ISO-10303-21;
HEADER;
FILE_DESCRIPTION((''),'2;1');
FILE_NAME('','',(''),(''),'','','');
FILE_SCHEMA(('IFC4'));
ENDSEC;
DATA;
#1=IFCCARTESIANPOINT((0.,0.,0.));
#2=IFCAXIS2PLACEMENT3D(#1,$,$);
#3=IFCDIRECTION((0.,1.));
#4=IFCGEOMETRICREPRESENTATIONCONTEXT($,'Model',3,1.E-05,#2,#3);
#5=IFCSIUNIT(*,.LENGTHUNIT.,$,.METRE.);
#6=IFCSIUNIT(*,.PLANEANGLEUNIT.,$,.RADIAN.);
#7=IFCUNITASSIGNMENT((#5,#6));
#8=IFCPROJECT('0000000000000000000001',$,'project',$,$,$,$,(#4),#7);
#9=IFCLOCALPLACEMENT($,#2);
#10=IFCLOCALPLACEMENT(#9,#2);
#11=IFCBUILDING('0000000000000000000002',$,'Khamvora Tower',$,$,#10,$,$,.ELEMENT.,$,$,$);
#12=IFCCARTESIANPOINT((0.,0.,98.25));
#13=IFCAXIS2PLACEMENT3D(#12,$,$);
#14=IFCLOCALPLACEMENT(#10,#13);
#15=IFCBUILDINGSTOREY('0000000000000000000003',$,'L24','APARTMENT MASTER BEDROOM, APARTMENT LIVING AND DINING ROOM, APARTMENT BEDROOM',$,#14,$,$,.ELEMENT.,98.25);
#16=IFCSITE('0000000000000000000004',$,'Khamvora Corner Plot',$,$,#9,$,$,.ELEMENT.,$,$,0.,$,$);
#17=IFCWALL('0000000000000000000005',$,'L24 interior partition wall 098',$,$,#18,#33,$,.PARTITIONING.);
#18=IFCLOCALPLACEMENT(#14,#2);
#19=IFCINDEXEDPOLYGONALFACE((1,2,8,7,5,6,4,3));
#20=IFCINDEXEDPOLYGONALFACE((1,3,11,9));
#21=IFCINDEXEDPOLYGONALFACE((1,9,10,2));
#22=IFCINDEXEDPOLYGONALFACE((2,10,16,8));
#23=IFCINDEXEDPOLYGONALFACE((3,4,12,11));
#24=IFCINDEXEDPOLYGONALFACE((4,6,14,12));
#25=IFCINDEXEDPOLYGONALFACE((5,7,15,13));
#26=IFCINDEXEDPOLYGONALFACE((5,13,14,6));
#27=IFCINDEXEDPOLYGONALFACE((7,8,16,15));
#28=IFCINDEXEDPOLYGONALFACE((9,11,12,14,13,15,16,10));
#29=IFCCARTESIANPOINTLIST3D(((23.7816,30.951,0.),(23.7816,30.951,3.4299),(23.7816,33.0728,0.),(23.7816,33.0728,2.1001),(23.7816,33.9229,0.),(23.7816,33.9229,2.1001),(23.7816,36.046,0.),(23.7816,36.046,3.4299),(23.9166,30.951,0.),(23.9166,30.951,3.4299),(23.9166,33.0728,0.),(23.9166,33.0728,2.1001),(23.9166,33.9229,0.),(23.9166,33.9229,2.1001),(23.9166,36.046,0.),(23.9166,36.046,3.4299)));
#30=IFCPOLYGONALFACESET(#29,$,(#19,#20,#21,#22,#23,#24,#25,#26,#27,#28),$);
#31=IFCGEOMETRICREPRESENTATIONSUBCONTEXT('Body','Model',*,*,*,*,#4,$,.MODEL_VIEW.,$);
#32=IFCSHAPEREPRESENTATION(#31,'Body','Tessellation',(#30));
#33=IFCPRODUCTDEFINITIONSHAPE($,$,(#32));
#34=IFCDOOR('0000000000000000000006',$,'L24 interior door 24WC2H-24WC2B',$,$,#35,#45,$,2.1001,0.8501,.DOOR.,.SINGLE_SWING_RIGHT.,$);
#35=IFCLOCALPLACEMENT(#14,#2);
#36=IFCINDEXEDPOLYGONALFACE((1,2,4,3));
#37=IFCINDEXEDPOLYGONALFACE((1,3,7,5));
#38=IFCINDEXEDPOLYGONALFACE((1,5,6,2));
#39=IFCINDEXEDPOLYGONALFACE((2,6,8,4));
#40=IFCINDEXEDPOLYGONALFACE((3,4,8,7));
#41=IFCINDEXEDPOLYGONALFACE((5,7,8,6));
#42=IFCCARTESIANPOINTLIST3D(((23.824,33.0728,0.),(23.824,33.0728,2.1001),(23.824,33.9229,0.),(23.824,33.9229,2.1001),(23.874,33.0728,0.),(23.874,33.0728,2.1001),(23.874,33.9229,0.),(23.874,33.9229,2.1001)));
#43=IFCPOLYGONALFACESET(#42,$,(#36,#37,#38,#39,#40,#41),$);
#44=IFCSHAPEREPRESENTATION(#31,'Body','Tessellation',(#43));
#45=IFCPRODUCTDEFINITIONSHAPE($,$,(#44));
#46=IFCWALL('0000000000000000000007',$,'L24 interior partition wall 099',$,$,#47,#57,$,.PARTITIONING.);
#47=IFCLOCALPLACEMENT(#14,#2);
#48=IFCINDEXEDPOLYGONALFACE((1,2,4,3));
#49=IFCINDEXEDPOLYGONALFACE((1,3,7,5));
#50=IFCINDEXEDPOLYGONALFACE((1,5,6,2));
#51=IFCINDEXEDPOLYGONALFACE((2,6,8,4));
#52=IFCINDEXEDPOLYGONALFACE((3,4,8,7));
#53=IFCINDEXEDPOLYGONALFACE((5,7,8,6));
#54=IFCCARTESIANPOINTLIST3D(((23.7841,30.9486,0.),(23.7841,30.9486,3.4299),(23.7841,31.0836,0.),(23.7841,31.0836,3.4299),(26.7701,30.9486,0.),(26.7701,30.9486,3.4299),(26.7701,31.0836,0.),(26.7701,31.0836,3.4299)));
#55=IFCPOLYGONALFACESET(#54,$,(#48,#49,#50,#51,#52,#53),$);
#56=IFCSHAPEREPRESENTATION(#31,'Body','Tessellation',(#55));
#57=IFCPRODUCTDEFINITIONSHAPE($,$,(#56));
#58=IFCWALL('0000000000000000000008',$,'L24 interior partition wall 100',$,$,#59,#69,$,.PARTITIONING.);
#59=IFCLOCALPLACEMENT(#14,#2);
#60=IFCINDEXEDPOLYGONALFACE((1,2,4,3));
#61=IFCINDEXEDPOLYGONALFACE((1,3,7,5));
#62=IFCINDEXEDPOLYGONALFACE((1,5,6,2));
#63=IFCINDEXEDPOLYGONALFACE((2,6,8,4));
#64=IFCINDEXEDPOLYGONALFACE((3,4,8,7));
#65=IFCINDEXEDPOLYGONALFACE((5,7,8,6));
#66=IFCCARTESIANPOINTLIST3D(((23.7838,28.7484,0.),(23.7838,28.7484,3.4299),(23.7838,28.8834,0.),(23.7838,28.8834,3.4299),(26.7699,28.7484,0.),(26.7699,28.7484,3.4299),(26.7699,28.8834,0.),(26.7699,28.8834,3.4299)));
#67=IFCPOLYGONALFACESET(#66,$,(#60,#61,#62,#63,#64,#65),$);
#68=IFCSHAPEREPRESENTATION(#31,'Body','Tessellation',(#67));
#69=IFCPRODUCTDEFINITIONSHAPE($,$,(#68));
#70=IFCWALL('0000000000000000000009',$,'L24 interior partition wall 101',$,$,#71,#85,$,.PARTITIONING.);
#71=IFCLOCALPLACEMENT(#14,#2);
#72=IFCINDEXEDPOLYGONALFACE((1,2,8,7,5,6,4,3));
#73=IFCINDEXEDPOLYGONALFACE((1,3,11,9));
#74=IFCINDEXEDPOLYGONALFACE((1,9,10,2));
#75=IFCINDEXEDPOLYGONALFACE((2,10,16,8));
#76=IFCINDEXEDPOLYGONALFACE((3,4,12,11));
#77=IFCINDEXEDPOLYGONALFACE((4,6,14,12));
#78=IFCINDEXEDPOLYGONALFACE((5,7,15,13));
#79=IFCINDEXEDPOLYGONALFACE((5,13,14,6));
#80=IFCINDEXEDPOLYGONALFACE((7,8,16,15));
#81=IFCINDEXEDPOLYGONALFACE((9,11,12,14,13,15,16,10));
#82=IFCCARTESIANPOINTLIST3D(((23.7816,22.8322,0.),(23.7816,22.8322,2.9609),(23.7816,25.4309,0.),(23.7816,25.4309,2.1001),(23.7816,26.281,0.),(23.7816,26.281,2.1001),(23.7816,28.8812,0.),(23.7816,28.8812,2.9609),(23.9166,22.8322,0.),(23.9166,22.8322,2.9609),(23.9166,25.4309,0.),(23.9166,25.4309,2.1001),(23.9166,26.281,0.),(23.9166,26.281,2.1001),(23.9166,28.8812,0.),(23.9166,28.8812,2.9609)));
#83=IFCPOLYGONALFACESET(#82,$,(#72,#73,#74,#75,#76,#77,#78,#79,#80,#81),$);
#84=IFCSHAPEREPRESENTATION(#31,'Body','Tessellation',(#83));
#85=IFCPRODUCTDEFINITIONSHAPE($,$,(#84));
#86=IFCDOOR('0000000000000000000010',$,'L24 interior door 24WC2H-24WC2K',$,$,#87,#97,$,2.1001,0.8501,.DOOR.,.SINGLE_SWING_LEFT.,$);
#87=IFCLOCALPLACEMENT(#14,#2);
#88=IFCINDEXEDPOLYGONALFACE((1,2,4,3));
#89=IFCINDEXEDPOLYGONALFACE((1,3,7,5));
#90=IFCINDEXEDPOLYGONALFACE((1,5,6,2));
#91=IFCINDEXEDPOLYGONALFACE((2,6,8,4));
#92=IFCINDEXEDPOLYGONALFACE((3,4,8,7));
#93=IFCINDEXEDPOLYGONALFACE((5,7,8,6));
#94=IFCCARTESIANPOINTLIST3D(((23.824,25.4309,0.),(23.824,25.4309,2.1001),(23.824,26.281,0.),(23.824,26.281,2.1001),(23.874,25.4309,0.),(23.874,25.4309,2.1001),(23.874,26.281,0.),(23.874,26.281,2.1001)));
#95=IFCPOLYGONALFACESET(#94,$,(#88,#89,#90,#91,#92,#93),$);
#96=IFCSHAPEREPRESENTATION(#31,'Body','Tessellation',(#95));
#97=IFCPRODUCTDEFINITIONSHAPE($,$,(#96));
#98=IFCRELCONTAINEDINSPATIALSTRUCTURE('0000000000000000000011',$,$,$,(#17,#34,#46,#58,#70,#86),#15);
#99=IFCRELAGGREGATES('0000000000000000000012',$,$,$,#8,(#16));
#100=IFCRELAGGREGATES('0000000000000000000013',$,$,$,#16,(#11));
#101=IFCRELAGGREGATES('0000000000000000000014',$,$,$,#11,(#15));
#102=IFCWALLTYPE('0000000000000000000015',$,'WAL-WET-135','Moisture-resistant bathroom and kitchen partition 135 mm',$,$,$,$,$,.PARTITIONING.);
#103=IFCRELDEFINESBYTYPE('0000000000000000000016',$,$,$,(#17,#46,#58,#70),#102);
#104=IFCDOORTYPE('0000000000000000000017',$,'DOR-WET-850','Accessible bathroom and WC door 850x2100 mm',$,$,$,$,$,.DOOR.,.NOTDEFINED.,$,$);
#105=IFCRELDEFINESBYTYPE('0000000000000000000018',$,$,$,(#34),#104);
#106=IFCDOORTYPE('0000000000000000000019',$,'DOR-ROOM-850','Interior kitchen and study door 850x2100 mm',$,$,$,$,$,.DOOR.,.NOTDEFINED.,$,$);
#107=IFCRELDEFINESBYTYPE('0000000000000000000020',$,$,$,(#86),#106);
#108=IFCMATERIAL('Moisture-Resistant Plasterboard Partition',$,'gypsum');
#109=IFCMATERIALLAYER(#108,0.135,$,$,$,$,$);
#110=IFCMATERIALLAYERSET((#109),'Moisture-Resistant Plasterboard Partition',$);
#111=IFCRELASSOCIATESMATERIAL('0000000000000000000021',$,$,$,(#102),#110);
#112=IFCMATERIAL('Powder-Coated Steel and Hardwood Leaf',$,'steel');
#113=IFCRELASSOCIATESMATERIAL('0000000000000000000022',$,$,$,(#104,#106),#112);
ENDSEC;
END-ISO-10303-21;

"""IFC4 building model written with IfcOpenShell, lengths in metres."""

from ifc_helpers import new_model, si_unit, direction, frame, frame_2d, origin, place, context, subcontext, project, spatial, rectangle, extrude, material, layer, layer_set, type_object, element, fill, save


model = new_model("IFC4")

# Units and contexts
model_context = context("Model", 3, precision=1e-05, world=origin(), true_north=direction((0.0, 1.0)))
body_context = subcontext(model_context, "Body", "Model", "MODEL_VIEW")
ifc_project = project(units=[si_unit("LENGTHUNIT", "METRE"), si_unit("PLANEANGLEUNIT", "RADIAN")], contexts=[model_context])

# Site, building, storey
site_placement = place(None, origin())
site = spatial("IfcSite", under=ifc_project, at=site_placement, Name="Khamvora Corner Plot", CompositionType="ELEMENT", RefElevation=0.0)
building_placement = place(site_placement, origin())
building = spatial("IfcBuilding", under=site, at=building_placement, Name="Khamvora Tower", CompositionType="ELEMENT")
storey_placement = place(building_placement, frame((0.0, 0.0, 98.25)))
storey = spatial("IfcBuildingStorey", under=building, at=storey_placement, Name="L24", Description="APARTMENT MASTER BEDROOM, APARTMENT LIVING AND DINING ROOM, APARTMENT BEDROOM", CompositionType="ELEMENT", Elevation=98.25)

# Shared definitions
ifc_material_1 = material(Name="Powder-Coated Steel and Hardwood Leaf", Category="steel")

# Shared definitions
ifc_material_2 = material(Name="Moisture-Resistant Plasterboard Partition", Category="gypsum")
ifc_layer_1 = layer(ifc_material_2, 0.135)
ifc_layer_set_1 = layer_set([ifc_layer_1], Name="Moisture-Resistant Plasterboard Partition")
wall_type_1 = type_object("IfcWallType", Name="WAL-WET-135", Description="Moisture-resistant bathroom and kitchen partition 135 mm", PredefinedType="PARTITIONING", material=ifc_layer_set_1)

# Wall, opening, door
wall_1_placement = place(storey_placement, frame((23.8491, 36.0459, 0.0), z_axis=(0.0, 0.0, 1.0), x_axis=(0.0, -1.0, 0.0)))
wall_1 = element("IfcWall", 1, at=wall_1_placement, inside=storey, type_object=wall_type_1, Name="L24 interior partition wall 098", PredefinedType="PARTITIONING", context=body_context, shape_type="SweptSolid", body=[
    extrude(rectangle(XDim=5.095, YDim=0.135, at=frame_2d((2.5474, 0.0))), origin(), (0.0, 0.0, 1.0), 3.4299),
])
opening_1_placement = place(wall_1_placement, frame((2.123, 0.0, 0.0)))
opening_1 = element("IfcOpeningElement", 2, at=opening_1_placement, cuts=wall_1, PredefinedType="OPENING", context=body_context, shape_type="SweptSolid", body=[
    extrude(rectangle(XDim=0.8501, YDim=2.1001, at=frame_2d((0.425, 1.05))), frame((0.0, 0.0774, 0.0), z_axis=(0.0, -1.0, 0.0), x_axis=(1.0, 0.0, 0.0)), (0.0, 0.0, 1.0), 0.155),
])
door_type_1 = type_object("IfcDoorType", Name="DOR-WET-850", Description="Accessible bathroom and WC door 850x2100 mm", OperationType="NOTDEFINED", PredefinedType="DOOR", material=ifc_material_1)
door_1_placement = place(opening_1_placement, origin())
door_1 = element("IfcDoor", 3, at=door_1_placement, inside=storey, type_object=door_type_1, Name="L24 interior door 24WC2H-24WC2B", OperationType="SINGLE_SWING_RIGHT", OverallHeight=2.1001, OverallWidth=0.8501, PredefinedType="DOOR", context=body_context, shape_type="SweptSolid", body=[
    extrude(rectangle(XDim=0.8501, YDim=2.1001, at=frame_2d((0.425, 1.05))), frame((0.0, 0.0249, 0.0), z_axis=(0.0, -1.0, 0.0), x_axis=(1.0, 0.0, 0.0)), (0.0, 0.0, 1.0), 0.05),
])
fill(opening_1, door_1)

# Walls
for number, where, z_axis, x_axis, name in (
    (4, (23.7839, 31.0161, 0.0), (0.0, 0.0, 1.0), (1.0, 0.0, 0.0), "L24 interior partition wall 099"),
    (5, (26.77, 28.8159, 0.0), (0.0, 0.0, 1.0), (-1.0, 0.0, 0.0), "L24 interior partition wall 100"),
):
    element("IfcWall", number, at=place(storey_placement, frame(where, z_axis=z_axis, x_axis=x_axis)), inside=storey, type_object=wall_type_1, Name=name, PredefinedType="PARTITIONING", context=body_context, shape_type="SweptSolid", body=[
        extrude(rectangle(XDim=2.9861, YDim=0.135, at=frame_2d((1.4932, 0.0))), origin(), (0.0, 0.0, 1.0), 3.4299),
    ])

# Wall, opening, door
wall_2_placement = place(storey_placement, frame((23.8491, 28.8811, 0.0), z_axis=(0.0, 0.0, 1.0), x_axis=(0.0, -1.0, 0.0)))
wall_2 = element("IfcWall", 6, at=wall_2_placement, inside=storey, type_object=wall_type_1, Name="L24 interior partition wall 101", PredefinedType="PARTITIONING", context=body_context, shape_type="SweptSolid", body=[
    extrude(rectangle(XDim=6.0491, YDim=0.135, at=frame_2d((3.0244, 0.0))), origin(), (0.0, 0.0, 1.0), 2.9609),
])
opening_2_placement = place(wall_2_placement, frame((2.6001, 0.0, 0.0)))
opening_2 = element("IfcOpeningElement", 7, at=opening_2_placement, cuts=wall_2, PredefinedType="OPENING", context=body_context, shape_type="SweptSolid", body=[
    extrude(rectangle(XDim=0.8501, YDim=2.1001, at=frame_2d((0.425, 1.05))), frame((0.0, 0.0774, 0.0), z_axis=(0.0, -1.0, 0.0), x_axis=(1.0, 0.0, 0.0)), (0.0, 0.0, 1.0), 0.155),
])
door_type_2 = type_object("IfcDoorType", Name="DOR-ROOM-850", Description="Interior kitchen and study door 850x2100 mm", OperationType="NOTDEFINED", PredefinedType="DOOR", material=ifc_material_1)
door_2_placement = place(opening_2_placement, origin())
door_2 = element("IfcDoor", 8, at=door_2_placement, inside=storey, type_object=door_type_2, Name="L24 interior door 24WC2H-24WC2K", OperationType="SINGLE_SWING_LEFT", OverallHeight=2.1001, OverallWidth=0.8501, PredefinedType="DOOR", context=body_context, shape_type="SweptSolid", body=[
    extrude(rectangle(XDim=0.8501, YDim=2.1001, at=frame_2d((0.425, 1.05))), frame((0.0, 0.0249, 0.0), z_axis=(0.0, -1.0, 0.0), x_axis=(1.0, 0.0, 0.0)), (0.0, 0.0, 1.0), 0.05),
])
fill(opening_2, door_2)

save(model, "model.ifc")
